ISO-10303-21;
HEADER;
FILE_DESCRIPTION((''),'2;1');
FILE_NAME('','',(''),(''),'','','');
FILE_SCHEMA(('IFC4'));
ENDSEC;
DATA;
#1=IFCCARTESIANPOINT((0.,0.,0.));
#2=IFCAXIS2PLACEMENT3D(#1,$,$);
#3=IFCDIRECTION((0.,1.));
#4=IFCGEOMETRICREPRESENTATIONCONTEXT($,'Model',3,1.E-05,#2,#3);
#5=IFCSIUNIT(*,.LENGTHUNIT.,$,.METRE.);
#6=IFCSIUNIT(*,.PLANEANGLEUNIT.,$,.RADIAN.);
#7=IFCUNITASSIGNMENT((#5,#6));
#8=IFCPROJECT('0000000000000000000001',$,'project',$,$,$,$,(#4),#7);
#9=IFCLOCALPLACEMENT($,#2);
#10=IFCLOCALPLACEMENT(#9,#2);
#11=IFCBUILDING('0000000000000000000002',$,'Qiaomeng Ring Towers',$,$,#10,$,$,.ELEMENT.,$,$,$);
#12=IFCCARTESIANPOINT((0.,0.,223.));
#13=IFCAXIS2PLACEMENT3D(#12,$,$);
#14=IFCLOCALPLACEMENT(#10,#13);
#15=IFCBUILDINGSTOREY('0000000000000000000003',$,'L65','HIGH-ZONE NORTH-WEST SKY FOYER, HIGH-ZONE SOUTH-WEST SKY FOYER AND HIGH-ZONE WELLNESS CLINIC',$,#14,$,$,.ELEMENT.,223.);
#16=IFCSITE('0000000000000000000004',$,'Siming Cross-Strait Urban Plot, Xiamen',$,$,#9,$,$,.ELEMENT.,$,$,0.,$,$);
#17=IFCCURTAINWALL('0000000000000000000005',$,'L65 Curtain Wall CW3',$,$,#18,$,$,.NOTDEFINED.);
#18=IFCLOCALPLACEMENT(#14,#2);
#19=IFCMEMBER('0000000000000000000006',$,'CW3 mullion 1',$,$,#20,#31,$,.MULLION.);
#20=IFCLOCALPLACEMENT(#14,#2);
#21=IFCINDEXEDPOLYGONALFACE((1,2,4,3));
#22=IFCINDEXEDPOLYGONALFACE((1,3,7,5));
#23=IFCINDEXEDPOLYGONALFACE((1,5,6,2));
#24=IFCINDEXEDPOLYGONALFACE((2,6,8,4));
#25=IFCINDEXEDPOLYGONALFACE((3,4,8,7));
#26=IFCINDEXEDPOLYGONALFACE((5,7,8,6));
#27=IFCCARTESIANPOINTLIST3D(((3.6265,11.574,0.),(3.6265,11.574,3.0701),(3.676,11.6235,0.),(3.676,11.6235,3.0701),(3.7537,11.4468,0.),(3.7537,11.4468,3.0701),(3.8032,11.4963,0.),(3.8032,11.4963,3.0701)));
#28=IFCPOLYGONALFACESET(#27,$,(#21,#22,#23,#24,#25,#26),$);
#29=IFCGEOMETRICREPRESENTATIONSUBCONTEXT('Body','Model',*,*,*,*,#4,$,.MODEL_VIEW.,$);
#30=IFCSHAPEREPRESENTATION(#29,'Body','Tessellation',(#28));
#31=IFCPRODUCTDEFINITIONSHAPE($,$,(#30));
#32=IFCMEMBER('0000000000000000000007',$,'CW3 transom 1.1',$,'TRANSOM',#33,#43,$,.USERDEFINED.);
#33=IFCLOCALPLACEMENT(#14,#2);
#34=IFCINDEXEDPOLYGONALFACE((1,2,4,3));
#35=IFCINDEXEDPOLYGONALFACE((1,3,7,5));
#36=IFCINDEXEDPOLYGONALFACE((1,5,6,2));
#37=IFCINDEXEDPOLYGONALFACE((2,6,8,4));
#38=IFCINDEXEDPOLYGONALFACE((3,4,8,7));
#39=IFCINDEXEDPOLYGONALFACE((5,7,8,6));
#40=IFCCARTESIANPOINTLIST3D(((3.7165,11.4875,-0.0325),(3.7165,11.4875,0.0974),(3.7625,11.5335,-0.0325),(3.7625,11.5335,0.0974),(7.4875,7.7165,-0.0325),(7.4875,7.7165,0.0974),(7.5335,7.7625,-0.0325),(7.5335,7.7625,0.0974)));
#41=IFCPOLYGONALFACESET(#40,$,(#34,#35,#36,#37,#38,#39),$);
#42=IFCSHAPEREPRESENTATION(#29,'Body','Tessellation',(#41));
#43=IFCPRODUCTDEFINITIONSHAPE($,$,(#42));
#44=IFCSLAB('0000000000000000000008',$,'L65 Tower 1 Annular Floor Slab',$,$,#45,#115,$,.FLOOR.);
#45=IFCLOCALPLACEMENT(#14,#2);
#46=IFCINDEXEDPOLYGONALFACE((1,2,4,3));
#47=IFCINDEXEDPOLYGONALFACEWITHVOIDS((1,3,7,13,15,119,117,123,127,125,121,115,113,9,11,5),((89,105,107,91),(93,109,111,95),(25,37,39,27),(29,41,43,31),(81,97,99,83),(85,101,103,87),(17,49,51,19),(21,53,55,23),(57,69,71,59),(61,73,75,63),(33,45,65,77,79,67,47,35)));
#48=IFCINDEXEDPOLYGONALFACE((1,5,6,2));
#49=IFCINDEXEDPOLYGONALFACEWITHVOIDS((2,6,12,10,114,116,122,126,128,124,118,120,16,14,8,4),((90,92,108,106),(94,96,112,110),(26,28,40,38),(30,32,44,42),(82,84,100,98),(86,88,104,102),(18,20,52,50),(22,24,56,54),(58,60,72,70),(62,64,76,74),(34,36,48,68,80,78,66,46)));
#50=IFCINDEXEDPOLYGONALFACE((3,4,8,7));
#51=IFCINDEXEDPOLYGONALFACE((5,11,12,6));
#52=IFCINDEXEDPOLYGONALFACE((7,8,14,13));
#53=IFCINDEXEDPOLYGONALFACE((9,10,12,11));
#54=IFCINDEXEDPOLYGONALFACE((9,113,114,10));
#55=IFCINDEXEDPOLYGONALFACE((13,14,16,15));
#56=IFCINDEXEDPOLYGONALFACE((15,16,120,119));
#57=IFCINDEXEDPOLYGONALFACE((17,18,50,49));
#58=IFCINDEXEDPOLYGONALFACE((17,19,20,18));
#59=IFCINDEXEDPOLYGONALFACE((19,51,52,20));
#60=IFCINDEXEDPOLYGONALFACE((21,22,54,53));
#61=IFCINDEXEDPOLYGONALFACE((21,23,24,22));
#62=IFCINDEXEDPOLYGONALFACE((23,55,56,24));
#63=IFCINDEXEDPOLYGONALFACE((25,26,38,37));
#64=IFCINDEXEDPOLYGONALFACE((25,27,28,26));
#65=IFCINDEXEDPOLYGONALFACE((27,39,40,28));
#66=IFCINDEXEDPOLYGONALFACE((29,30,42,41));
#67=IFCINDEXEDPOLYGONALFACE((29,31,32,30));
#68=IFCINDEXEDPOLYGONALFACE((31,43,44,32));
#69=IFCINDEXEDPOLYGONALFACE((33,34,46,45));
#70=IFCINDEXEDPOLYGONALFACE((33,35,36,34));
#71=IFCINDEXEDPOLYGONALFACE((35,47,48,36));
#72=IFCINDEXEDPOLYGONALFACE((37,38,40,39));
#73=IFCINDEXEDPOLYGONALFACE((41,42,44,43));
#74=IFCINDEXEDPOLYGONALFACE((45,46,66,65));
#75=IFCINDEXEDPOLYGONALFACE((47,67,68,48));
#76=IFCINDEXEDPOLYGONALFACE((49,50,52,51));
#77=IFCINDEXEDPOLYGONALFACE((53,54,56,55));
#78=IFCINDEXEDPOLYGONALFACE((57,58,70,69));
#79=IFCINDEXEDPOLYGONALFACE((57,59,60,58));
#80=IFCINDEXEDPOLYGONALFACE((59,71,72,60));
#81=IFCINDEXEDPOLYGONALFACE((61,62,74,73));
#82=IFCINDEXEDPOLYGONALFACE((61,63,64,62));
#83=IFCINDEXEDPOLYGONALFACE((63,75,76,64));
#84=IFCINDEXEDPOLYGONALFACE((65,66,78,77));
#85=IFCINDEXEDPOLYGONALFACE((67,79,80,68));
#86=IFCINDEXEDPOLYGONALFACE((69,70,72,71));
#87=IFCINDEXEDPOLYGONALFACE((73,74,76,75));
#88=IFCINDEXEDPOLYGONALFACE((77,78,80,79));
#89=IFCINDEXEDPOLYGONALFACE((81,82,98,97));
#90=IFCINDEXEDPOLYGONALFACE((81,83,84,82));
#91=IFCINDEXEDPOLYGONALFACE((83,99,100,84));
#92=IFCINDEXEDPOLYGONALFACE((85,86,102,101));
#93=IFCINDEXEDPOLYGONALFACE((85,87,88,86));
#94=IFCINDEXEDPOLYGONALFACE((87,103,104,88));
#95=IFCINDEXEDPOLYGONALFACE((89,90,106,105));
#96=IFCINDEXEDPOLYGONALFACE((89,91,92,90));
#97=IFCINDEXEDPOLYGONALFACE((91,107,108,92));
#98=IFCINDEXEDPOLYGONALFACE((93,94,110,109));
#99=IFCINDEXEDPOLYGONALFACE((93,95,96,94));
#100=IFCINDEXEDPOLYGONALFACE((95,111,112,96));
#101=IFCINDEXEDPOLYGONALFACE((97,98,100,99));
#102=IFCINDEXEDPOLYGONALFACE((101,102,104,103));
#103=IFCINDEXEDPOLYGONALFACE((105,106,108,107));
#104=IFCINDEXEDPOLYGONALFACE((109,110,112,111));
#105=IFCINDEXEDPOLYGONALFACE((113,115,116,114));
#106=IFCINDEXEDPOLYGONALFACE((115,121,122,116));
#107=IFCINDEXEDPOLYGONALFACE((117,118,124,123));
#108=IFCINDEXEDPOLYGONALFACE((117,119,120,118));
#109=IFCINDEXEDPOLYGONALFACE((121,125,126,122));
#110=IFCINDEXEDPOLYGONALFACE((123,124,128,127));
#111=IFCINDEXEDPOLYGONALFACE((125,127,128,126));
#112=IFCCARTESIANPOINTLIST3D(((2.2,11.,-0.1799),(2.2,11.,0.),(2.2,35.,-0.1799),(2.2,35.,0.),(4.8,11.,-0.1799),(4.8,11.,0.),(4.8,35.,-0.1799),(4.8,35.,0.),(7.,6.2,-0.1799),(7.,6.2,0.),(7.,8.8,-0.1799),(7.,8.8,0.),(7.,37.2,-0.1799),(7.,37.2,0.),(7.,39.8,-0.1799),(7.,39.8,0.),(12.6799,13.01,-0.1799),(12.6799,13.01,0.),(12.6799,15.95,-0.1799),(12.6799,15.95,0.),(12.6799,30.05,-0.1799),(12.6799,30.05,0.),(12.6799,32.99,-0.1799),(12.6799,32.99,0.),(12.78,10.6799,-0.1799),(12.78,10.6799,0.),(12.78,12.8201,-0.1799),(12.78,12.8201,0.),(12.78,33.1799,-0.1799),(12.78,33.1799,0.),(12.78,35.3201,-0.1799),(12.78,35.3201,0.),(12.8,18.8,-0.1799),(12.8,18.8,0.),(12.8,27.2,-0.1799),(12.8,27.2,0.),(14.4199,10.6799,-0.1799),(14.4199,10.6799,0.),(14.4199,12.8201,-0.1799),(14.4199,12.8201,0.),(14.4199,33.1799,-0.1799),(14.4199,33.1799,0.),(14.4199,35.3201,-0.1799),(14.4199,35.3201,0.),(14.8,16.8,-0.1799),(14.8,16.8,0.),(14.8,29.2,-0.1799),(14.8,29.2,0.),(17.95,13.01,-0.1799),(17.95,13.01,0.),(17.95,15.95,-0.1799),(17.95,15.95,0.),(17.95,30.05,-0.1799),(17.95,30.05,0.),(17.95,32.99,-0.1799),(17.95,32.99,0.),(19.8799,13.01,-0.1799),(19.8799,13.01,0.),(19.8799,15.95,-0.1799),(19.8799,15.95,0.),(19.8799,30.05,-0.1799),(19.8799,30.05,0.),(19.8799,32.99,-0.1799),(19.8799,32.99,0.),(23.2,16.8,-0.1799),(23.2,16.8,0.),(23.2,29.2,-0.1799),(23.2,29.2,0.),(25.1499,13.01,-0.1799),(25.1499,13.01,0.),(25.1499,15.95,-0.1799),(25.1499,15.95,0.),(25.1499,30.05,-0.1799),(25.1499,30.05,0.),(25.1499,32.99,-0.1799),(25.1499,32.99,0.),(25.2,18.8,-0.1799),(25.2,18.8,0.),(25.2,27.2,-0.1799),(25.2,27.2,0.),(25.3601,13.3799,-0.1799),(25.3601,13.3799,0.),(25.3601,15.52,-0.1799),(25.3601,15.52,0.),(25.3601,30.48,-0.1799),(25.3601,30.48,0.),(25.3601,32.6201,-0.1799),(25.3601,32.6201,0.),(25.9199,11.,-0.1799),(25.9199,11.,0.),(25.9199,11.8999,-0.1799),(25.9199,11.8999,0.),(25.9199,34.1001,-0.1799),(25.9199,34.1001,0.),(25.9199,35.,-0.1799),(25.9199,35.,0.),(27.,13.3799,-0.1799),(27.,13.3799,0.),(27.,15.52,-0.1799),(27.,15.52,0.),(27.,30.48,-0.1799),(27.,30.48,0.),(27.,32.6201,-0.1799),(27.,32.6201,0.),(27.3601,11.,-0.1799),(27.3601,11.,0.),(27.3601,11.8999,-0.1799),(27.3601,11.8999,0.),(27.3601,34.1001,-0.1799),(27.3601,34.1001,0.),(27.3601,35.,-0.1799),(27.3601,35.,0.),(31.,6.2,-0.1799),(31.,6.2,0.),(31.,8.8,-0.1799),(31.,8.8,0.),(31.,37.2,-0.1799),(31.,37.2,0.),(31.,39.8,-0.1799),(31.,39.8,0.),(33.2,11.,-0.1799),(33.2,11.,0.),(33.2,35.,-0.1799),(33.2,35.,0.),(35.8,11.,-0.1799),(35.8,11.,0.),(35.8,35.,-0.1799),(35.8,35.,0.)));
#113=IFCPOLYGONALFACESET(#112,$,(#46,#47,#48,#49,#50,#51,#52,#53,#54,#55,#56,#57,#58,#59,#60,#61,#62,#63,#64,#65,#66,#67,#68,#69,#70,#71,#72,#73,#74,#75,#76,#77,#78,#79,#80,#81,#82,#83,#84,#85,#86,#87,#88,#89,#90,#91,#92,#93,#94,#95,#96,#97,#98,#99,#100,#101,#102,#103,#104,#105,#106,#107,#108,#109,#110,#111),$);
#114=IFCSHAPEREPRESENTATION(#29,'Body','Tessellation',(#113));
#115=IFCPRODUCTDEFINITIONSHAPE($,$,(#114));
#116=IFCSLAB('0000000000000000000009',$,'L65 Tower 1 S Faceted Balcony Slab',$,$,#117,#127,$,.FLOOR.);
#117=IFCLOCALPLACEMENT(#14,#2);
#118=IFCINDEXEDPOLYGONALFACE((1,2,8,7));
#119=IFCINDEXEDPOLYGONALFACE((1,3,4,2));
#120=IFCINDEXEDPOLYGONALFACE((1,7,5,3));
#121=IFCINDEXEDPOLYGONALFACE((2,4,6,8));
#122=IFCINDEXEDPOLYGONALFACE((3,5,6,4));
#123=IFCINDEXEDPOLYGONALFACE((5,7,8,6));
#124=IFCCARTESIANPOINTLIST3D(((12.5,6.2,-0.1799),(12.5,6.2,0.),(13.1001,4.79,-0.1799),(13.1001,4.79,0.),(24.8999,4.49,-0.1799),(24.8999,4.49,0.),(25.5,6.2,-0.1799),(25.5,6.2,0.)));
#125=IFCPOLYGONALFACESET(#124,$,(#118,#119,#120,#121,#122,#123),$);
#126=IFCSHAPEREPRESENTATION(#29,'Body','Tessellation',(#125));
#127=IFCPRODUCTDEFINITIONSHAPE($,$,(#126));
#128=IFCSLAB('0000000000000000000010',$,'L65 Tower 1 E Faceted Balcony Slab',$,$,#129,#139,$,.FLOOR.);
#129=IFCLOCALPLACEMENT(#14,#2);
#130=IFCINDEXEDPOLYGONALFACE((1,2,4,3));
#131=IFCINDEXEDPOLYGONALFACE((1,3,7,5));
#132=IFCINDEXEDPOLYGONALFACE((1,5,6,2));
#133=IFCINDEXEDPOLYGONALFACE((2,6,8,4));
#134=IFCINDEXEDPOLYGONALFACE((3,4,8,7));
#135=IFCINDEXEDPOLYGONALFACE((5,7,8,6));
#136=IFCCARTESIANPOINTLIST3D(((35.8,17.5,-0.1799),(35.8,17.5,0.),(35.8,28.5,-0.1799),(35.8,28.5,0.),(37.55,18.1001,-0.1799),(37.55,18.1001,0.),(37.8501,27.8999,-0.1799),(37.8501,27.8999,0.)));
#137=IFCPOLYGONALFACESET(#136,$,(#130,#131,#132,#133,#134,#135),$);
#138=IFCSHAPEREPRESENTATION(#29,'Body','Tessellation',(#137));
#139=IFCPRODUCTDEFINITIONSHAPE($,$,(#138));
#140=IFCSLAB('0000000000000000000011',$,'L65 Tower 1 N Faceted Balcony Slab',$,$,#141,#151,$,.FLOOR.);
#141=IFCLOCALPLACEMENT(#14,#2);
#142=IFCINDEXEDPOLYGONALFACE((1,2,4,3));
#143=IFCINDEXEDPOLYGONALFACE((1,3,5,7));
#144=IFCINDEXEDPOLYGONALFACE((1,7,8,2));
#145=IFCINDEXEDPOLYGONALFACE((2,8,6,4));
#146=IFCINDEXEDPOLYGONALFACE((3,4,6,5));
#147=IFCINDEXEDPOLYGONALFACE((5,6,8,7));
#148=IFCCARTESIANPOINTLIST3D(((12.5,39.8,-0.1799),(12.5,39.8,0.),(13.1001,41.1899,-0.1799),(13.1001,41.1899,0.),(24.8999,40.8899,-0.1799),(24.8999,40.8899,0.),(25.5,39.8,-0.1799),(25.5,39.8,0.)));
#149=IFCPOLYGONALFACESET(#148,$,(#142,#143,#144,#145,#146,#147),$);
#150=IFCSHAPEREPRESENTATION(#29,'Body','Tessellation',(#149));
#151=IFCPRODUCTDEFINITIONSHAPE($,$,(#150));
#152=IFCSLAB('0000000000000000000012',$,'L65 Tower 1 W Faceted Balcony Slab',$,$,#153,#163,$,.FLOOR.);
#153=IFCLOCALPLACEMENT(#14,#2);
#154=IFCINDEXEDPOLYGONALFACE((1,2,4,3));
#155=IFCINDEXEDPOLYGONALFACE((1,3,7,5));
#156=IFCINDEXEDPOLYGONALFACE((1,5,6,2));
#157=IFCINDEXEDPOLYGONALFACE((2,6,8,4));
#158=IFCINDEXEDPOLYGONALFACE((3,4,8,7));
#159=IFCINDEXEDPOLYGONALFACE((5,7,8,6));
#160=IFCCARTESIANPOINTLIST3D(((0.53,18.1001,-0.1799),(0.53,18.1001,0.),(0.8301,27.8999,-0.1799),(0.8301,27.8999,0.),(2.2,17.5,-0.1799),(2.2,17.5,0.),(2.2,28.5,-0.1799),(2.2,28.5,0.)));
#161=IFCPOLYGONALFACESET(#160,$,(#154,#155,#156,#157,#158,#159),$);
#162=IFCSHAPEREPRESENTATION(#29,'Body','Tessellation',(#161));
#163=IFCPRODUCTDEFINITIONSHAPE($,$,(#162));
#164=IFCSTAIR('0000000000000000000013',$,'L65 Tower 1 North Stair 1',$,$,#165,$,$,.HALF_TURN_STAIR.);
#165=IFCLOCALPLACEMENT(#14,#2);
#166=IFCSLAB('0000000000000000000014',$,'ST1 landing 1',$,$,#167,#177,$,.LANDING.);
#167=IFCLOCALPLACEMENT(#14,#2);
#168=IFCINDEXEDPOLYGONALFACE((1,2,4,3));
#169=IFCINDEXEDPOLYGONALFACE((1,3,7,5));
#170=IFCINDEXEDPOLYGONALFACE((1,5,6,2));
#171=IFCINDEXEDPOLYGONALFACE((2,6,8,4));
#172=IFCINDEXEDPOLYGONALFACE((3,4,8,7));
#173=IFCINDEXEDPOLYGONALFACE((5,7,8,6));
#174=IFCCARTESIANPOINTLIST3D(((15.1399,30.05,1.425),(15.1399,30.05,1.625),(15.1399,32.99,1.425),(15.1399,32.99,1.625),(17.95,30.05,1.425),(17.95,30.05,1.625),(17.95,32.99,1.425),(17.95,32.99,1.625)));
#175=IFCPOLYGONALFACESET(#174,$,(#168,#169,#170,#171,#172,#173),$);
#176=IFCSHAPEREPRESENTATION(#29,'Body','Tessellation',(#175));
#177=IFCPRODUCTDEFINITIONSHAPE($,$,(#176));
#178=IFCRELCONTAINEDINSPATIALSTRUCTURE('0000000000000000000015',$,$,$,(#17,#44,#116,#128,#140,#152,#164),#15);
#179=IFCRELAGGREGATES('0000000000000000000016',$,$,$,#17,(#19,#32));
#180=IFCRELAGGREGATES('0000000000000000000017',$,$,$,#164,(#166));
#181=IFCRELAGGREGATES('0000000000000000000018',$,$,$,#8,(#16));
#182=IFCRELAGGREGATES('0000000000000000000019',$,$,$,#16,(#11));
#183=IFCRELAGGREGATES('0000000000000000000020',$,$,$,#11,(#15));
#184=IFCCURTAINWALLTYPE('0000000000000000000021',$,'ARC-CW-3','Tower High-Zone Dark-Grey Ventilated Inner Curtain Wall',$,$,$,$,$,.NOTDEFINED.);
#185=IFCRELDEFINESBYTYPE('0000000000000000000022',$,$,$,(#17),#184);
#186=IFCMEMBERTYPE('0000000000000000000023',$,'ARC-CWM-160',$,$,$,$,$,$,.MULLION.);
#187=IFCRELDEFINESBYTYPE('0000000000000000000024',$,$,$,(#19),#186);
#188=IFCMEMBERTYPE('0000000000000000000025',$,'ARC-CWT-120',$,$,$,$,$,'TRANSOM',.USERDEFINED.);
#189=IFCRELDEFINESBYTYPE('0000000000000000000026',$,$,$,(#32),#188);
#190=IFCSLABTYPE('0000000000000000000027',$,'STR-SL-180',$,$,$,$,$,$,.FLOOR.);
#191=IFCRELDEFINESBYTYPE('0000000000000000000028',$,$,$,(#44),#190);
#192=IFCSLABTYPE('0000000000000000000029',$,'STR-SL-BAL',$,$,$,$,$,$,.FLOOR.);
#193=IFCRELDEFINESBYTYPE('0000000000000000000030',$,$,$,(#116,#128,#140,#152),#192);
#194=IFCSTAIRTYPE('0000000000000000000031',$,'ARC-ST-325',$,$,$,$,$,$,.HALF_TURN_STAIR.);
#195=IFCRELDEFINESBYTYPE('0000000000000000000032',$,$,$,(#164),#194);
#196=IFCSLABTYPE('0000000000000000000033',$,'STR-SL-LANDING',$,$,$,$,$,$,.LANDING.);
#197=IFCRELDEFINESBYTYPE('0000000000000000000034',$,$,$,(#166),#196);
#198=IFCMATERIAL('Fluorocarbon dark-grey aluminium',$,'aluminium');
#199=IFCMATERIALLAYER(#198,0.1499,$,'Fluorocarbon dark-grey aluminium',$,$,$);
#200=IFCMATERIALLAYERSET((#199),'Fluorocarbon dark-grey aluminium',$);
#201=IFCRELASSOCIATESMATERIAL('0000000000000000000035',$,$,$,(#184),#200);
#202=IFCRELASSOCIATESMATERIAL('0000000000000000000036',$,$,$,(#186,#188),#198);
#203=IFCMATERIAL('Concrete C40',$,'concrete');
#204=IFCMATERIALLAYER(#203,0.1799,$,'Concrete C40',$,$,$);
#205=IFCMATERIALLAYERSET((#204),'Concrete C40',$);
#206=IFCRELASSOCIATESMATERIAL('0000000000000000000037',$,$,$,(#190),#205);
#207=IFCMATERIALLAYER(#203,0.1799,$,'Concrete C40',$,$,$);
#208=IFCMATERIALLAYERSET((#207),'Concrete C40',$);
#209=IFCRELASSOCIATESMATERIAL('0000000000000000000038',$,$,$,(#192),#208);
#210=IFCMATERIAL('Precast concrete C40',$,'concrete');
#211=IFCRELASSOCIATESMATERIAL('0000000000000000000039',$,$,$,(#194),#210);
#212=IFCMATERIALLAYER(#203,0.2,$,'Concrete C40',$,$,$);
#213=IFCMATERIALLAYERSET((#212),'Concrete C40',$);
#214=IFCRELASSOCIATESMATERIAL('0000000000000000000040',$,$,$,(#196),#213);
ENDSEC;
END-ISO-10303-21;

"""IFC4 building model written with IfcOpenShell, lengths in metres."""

from ifc_helpers import new_model, si_unit, direction, frame, origin, origin_2d, place, context, subcontext, project, spatial, polyline, rectangle, outline, extrude, source, transform, mapped, material, layer, layer_set, material_profile, profile_set, type_object, element, aggregate, save


model = new_model("IFC4")

# Units and contexts
model_context = context("Model", 3, precision=1e-05, world=origin(), true_north=direction((0.0, 1.0)))
body_context = subcontext(model_context, "Body", "Model", "MODEL_VIEW")
ifc_project = project(units=[si_unit("LENGTHUNIT", "METRE"), si_unit("PLANEANGLEUNIT", "RADIAN")], contexts=[model_context])

# Site, building, storey
site_placement = place(None, origin())
site = spatial("IfcSite", under=ifc_project, at=site_placement, Name="Siming Cross-Strait Urban Plot, Xiamen", CompositionType="ELEMENT", RefElevation=0.0)
building_placement = place(site_placement, origin())
building = spatial("IfcBuilding", under=site, at=building_placement, Name="Qiaomeng Ring Towers", CompositionType="ELEMENT")
storey_placement = place(building_placement, frame((0.0, 0.0, 223.0)))
storey = spatial("IfcBuildingStorey", under=building, at=storey_placement, Name="L65", Description="HIGH-ZONE NORTH-WEST SKY FOYER, HIGH-ZONE SOUTH-WEST SKY FOYER AND HIGH-ZONE WELLNESS CLINIC", CompositionType="ELEMENT", Elevation=223.0)

# Curtain wall, members
ifc_material_1 = material(Name="Fluorocarbon dark-grey aluminium", Category="aluminium")
ifc_layer_1 = layer(ifc_material_1, 0.1499, Name="Fluorocarbon dark-grey aluminium")
ifc_layer_set_1 = layer_set([ifc_layer_1], Name="Fluorocarbon dark-grey aluminium")
curtain_wall_type = type_object("IfcCurtainWallType", Name="ARC-CW-3", Description="Tower High-Zone Dark-Grey Ventilated Inner Curtain Wall", PredefinedType="NOTDEFINED", material=ifc_layer_set_1)
curtain_wall_placement = place(storey_placement, origin())
curtain_wall = element("IfcCurtainWall", 1, at=curtain_wall_placement, inside=storey, type_object=curtain_wall_type, Name="L65 Curtain Wall CW3", PredefinedType="NOTDEFINED")
ifc_material_profile_1 = material_profile(ifc_material_1, rectangle(XDim=0.0701, YDim=0.1799, at=origin_2d()), Name="ALU MULL 70x180")
ifc_profile_set_1 = profile_set([ifc_material_profile_1], Name="Fluorocarbon dark-grey aluminium")
member_type_1 = type_object("IfcMemberType", Name="ARC-CWM-160", PredefinedType="MULLION", material=ifc_profile_set_1)
shared_shape_1 = source(origin(), body_context, "Body", "SweptSolid", [
    extrude(rectangle(XDim=0.0701, YDim=0.1799, at=origin_2d()), origin(), (0.0, 0.0, 1.0), 3.0701),
])
member_1_placement = place(storey_placement, frame((3.7148, 11.5352, 0.0), z_axis=(0.0, 0.0, 1.0), x_axis=(0.707107, 0.707107, 0.0)))
member_1 = element("IfcMember", 2, at=member_1_placement, type_object=member_type_1, Name="CW3 mullion 1", PredefinedType="MULLION", context=body_context, shape_type="MappedRepresentation", body=[
    mapped(shared_shape_1, transform((0.0, 0.0, 0.0), x_axis=(1.0, 0.0, 0.0), y_axis=(0.0, 1.0, 0.0), z_axis=(0.0, 0.0, 1.0), scale=1.0)),
])
ifc_material_profile_2 = material_profile(ifc_material_1, rectangle(XDim=0.0649, YDim=0.1299, at=origin_2d()), Name="ALU TRAN 65x130")
ifc_profile_set_2 = profile_set([ifc_material_profile_2], Name="Fluorocarbon dark-grey aluminium")
member_type_2 = type_object("IfcMemberType", Name="ARC-CWT-120", ElementType="TRANSOM", PredefinedType="USERDEFINED", material=ifc_profile_set_2)
shared_shape_2 = source(origin(), body_context, "Body", "SweptSolid", [
    extrude(rectangle(XDim=0.0649, YDim=0.1299, at=origin_2d()), origin(), (0.0, 0.0, 1.0), 5.333),
])
member_2_placement = place(storey_placement, frame((3.7395, 11.5105, 0.0325), z_axis=(0.707107, -0.707107, 0.0), x_axis=(0.707107, 0.707107, 0.0)))
member_2 = element("IfcMember", 3, at=member_2_placement, type_object=member_type_2, Name="CW3 transom 1.1", ObjectType="TRANSOM", PredefinedType="USERDEFINED", context=body_context, shape_type="MappedRepresentation", body=[
    mapped(shared_shape_2, transform((0.0, 0.0, 0.0), x_axis=(1.0, 0.0, 0.0), y_axis=(0.0, 1.0, 0.0), z_axis=(0.0, 0.0, 1.0), scale=1.0)),
])
aggregate(curtain_wall, [member_1, member_2])

# Slabs
ifc_material_2 = material(Name="Concrete C40", Category="concrete")
ifc_layer_2 = layer(ifc_material_2, 0.1799, Name="Concrete C40")
ifc_layer_set_2 = layer_set([ifc_layer_2], Name="Concrete C40")
slab_type_1 = type_object("IfcSlabType", Name="STR-SL-180", PredefinedType="FLOOR", material=ifc_layer_set_2)
slab_1_placement = place(storey_placement, frame((0.0, 0.0, -0.1799)))
element("IfcSlab", 4, at=slab_1_placement, inside=storey, type_object=slab_type_1, Name="L65 Tower 1 Annular Floor Slab", PredefinedType="FLOOR", context=body_context, shape_type="SweptSolid", body=[
    extrude(outline(polyline([(7.0, 6.2), (31.0, 6.2), (31.0, 8.8), (33.2, 11.0), (35.8, 11.0), (35.8, 35.0), (33.2, 35.0), (31.0, 37.2), (31.0, 39.8), (7.0, 39.8), (7.0, 37.2), (4.8, 35.0), (2.2, 35.0), (2.2, 11.0), (4.8, 11.0), (7.0, 8.8), (7.0, 6.2)]), holes=[polyline([(12.78, 10.6799), (12.78, 12.8201), (14.4199, 12.8201), (14.4199, 10.6799), (12.78, 10.6799)]), polyline([(12.6799, 13.01), (12.6799, 15.95), (17.95, 15.95), (17.95, 13.01), (12.6799, 13.01)]), polyline([(23.2, 29.2), (25.2, 27.2), (25.2, 18.8), (23.2, 16.8), (14.8, 16.8), (12.8, 18.8), (12.8, 27.2), (14.8, 29.2), (23.2, 29.2)]), polyline([(12.6799, 32.99), (17.95, 32.99), (17.95, 30.05), (12.6799, 30.05), (12.6799, 32.99)]), polyline([(19.8799, 32.99), (25.1499, 32.99), (25.1499, 30.05), (19.8799, 30.05), (19.8799, 32.99)]), polyline([(12.78, 33.1799), (12.78, 35.3201), (14.4199, 35.3201), (14.4199, 33.1799), (12.78, 33.1799)]), polyline([(25.9199, 11.8999), (27.3601, 11.8999), (27.3601, 11.0), (25.9199, 11.0), (25.9199, 11.8999)]), polyline([(25.3601, 15.52), (27.0, 15.52), (27.0, 13.3799), (25.3601, 13.3799), (25.3601, 15.52)]), polyline([(19.8799, 13.01), (19.8799, 15.95), (25.1499, 15.95), (25.1499, 13.01), (19.8799, 13.01)]), polyline([(25.3601, 32.6201), (27.0, 32.6201), (27.0, 30.48), (25.3601, 30.48), (25.3601, 32.6201)]), polyline([(25.9199, 35.0), (27.3601, 35.0), (27.3601, 34.1001), (25.9199, 34.1001), (25.9199, 35.0)])]), origin(), (0.0, 0.0, 1.0), 0.1799),
])
ifc_layer_3 = layer(ifc_material_2, 0.1799, Name="Concrete C40")
ifc_layer_set_3 = layer_set([ifc_layer_3], Name="Concrete C40")
slab_type_2 = type_object("IfcSlabType", Name="STR-SL-BAL", PredefinedType="FLOOR", material=ifc_layer_set_3)
slab_2_placement = place(storey_placement, frame((0.0, 0.0, -0.1799)))
element("IfcSlab", 5, at=slab_2_placement, inside=storey, type_object=slab_type_2, Name="L65 Tower 1 S Faceted Balcony Slab", PredefinedType="FLOOR", context=body_context, shape_type="SweptSolid", body=[
    extrude(outline(polyline([(25.5, 6.2), (24.8999, 4.49), (13.1001, 4.79), (12.5, 6.2), (25.5, 6.2)])), origin(), (0.0, 0.0, 1.0), 0.1799),
])
slab_3_placement = place(storey_placement, frame((0.0, 0.0, -0.1799)))
element("IfcSlab", 6, at=slab_3_placement, inside=storey, type_object=slab_type_2, Name="L65 Tower 1 E Faceted Balcony Slab", PredefinedType="FLOOR", context=body_context, shape_type="SweptSolid", body=[
    extrude(outline(polyline([(37.8501, 27.8999), (37.55, 18.1001), (35.8, 17.5), (35.8, 28.5), (37.8501, 27.8999)])), origin(), (0.0, 0.0, 1.0), 0.1799),
])
slab_4_placement = place(storey_placement, frame((0.0, 0.0, -0.1799)))
element("IfcSlab", 7, at=slab_4_placement, inside=storey, type_object=slab_type_2, Name="L65 Tower 1 N Faceted Balcony Slab", PredefinedType="FLOOR", context=body_context, shape_type="SweptSolid", body=[
    extrude(outline(polyline([(12.5, 39.8), (13.1001, 41.1899), (24.8999, 40.8899), (25.5, 39.8), (12.5, 39.8)])), origin(), (0.0, 0.0, 1.0), 0.1799),
])
slab_5_placement = place(storey_placement, frame((0.0, 0.0, -0.1799)))
element("IfcSlab", 8, at=slab_5_placement, inside=storey, type_object=slab_type_2, Name="L65 Tower 1 W Faceted Balcony Slab", PredefinedType="FLOOR", context=body_context, shape_type="SweptSolid", body=[
    extrude(outline(polyline([(0.53, 18.1001), (0.8301, 27.8999), (2.2, 28.5), (2.2, 17.5), (0.53, 18.1001)])), origin(), (0.0, 0.0, 1.0), 0.1799),
])

# Stair, slab
ifc_material_3 = material(Name="Precast concrete C40", Category="concrete")
stair_type = type_object("IfcStairType", Name="ARC-ST-325", PredefinedType="HALF_TURN_STAIR", material=ifc_material_3)
stair_1_placement = place(storey_placement, origin())
stair_1 = element("IfcStair", 9, at=stair_1_placement, inside=storey, type_object=stair_type, Name="L65 Tower 1 North Stair 1", PredefinedType="HALF_TURN_STAIR")
ifc_layer_4 = layer(ifc_material_2, 0.2, Name="Concrete C40")
ifc_layer_set_4 = layer_set([ifc_layer_4], Name="Concrete C40")
slab_type_3 = type_object("IfcSlabType", Name="STR-SL-LANDING", PredefinedType="LANDING", material=ifc_layer_set_4)
slab_6_placement = place(storey_placement, frame((0.0, 0.0, 1.425)))
slab_6 = element("IfcSlab", 10, at=slab_6_placement, type_object=slab_type_3, Name="ST1 landing 1", PredefinedType="LANDING", context=body_context, shape_type="SweptSolid", body=[
    extrude(outline(polyline([(15.1399, 30.05), (17.95, 30.05), (17.95, 32.99), (15.1399, 32.99), (15.1399, 30.05)])), origin(), (0.0, 0.0, 1.0), 0.2),
])
aggregate(stair_1, [slab_6])

save(model, "model.ifc")
